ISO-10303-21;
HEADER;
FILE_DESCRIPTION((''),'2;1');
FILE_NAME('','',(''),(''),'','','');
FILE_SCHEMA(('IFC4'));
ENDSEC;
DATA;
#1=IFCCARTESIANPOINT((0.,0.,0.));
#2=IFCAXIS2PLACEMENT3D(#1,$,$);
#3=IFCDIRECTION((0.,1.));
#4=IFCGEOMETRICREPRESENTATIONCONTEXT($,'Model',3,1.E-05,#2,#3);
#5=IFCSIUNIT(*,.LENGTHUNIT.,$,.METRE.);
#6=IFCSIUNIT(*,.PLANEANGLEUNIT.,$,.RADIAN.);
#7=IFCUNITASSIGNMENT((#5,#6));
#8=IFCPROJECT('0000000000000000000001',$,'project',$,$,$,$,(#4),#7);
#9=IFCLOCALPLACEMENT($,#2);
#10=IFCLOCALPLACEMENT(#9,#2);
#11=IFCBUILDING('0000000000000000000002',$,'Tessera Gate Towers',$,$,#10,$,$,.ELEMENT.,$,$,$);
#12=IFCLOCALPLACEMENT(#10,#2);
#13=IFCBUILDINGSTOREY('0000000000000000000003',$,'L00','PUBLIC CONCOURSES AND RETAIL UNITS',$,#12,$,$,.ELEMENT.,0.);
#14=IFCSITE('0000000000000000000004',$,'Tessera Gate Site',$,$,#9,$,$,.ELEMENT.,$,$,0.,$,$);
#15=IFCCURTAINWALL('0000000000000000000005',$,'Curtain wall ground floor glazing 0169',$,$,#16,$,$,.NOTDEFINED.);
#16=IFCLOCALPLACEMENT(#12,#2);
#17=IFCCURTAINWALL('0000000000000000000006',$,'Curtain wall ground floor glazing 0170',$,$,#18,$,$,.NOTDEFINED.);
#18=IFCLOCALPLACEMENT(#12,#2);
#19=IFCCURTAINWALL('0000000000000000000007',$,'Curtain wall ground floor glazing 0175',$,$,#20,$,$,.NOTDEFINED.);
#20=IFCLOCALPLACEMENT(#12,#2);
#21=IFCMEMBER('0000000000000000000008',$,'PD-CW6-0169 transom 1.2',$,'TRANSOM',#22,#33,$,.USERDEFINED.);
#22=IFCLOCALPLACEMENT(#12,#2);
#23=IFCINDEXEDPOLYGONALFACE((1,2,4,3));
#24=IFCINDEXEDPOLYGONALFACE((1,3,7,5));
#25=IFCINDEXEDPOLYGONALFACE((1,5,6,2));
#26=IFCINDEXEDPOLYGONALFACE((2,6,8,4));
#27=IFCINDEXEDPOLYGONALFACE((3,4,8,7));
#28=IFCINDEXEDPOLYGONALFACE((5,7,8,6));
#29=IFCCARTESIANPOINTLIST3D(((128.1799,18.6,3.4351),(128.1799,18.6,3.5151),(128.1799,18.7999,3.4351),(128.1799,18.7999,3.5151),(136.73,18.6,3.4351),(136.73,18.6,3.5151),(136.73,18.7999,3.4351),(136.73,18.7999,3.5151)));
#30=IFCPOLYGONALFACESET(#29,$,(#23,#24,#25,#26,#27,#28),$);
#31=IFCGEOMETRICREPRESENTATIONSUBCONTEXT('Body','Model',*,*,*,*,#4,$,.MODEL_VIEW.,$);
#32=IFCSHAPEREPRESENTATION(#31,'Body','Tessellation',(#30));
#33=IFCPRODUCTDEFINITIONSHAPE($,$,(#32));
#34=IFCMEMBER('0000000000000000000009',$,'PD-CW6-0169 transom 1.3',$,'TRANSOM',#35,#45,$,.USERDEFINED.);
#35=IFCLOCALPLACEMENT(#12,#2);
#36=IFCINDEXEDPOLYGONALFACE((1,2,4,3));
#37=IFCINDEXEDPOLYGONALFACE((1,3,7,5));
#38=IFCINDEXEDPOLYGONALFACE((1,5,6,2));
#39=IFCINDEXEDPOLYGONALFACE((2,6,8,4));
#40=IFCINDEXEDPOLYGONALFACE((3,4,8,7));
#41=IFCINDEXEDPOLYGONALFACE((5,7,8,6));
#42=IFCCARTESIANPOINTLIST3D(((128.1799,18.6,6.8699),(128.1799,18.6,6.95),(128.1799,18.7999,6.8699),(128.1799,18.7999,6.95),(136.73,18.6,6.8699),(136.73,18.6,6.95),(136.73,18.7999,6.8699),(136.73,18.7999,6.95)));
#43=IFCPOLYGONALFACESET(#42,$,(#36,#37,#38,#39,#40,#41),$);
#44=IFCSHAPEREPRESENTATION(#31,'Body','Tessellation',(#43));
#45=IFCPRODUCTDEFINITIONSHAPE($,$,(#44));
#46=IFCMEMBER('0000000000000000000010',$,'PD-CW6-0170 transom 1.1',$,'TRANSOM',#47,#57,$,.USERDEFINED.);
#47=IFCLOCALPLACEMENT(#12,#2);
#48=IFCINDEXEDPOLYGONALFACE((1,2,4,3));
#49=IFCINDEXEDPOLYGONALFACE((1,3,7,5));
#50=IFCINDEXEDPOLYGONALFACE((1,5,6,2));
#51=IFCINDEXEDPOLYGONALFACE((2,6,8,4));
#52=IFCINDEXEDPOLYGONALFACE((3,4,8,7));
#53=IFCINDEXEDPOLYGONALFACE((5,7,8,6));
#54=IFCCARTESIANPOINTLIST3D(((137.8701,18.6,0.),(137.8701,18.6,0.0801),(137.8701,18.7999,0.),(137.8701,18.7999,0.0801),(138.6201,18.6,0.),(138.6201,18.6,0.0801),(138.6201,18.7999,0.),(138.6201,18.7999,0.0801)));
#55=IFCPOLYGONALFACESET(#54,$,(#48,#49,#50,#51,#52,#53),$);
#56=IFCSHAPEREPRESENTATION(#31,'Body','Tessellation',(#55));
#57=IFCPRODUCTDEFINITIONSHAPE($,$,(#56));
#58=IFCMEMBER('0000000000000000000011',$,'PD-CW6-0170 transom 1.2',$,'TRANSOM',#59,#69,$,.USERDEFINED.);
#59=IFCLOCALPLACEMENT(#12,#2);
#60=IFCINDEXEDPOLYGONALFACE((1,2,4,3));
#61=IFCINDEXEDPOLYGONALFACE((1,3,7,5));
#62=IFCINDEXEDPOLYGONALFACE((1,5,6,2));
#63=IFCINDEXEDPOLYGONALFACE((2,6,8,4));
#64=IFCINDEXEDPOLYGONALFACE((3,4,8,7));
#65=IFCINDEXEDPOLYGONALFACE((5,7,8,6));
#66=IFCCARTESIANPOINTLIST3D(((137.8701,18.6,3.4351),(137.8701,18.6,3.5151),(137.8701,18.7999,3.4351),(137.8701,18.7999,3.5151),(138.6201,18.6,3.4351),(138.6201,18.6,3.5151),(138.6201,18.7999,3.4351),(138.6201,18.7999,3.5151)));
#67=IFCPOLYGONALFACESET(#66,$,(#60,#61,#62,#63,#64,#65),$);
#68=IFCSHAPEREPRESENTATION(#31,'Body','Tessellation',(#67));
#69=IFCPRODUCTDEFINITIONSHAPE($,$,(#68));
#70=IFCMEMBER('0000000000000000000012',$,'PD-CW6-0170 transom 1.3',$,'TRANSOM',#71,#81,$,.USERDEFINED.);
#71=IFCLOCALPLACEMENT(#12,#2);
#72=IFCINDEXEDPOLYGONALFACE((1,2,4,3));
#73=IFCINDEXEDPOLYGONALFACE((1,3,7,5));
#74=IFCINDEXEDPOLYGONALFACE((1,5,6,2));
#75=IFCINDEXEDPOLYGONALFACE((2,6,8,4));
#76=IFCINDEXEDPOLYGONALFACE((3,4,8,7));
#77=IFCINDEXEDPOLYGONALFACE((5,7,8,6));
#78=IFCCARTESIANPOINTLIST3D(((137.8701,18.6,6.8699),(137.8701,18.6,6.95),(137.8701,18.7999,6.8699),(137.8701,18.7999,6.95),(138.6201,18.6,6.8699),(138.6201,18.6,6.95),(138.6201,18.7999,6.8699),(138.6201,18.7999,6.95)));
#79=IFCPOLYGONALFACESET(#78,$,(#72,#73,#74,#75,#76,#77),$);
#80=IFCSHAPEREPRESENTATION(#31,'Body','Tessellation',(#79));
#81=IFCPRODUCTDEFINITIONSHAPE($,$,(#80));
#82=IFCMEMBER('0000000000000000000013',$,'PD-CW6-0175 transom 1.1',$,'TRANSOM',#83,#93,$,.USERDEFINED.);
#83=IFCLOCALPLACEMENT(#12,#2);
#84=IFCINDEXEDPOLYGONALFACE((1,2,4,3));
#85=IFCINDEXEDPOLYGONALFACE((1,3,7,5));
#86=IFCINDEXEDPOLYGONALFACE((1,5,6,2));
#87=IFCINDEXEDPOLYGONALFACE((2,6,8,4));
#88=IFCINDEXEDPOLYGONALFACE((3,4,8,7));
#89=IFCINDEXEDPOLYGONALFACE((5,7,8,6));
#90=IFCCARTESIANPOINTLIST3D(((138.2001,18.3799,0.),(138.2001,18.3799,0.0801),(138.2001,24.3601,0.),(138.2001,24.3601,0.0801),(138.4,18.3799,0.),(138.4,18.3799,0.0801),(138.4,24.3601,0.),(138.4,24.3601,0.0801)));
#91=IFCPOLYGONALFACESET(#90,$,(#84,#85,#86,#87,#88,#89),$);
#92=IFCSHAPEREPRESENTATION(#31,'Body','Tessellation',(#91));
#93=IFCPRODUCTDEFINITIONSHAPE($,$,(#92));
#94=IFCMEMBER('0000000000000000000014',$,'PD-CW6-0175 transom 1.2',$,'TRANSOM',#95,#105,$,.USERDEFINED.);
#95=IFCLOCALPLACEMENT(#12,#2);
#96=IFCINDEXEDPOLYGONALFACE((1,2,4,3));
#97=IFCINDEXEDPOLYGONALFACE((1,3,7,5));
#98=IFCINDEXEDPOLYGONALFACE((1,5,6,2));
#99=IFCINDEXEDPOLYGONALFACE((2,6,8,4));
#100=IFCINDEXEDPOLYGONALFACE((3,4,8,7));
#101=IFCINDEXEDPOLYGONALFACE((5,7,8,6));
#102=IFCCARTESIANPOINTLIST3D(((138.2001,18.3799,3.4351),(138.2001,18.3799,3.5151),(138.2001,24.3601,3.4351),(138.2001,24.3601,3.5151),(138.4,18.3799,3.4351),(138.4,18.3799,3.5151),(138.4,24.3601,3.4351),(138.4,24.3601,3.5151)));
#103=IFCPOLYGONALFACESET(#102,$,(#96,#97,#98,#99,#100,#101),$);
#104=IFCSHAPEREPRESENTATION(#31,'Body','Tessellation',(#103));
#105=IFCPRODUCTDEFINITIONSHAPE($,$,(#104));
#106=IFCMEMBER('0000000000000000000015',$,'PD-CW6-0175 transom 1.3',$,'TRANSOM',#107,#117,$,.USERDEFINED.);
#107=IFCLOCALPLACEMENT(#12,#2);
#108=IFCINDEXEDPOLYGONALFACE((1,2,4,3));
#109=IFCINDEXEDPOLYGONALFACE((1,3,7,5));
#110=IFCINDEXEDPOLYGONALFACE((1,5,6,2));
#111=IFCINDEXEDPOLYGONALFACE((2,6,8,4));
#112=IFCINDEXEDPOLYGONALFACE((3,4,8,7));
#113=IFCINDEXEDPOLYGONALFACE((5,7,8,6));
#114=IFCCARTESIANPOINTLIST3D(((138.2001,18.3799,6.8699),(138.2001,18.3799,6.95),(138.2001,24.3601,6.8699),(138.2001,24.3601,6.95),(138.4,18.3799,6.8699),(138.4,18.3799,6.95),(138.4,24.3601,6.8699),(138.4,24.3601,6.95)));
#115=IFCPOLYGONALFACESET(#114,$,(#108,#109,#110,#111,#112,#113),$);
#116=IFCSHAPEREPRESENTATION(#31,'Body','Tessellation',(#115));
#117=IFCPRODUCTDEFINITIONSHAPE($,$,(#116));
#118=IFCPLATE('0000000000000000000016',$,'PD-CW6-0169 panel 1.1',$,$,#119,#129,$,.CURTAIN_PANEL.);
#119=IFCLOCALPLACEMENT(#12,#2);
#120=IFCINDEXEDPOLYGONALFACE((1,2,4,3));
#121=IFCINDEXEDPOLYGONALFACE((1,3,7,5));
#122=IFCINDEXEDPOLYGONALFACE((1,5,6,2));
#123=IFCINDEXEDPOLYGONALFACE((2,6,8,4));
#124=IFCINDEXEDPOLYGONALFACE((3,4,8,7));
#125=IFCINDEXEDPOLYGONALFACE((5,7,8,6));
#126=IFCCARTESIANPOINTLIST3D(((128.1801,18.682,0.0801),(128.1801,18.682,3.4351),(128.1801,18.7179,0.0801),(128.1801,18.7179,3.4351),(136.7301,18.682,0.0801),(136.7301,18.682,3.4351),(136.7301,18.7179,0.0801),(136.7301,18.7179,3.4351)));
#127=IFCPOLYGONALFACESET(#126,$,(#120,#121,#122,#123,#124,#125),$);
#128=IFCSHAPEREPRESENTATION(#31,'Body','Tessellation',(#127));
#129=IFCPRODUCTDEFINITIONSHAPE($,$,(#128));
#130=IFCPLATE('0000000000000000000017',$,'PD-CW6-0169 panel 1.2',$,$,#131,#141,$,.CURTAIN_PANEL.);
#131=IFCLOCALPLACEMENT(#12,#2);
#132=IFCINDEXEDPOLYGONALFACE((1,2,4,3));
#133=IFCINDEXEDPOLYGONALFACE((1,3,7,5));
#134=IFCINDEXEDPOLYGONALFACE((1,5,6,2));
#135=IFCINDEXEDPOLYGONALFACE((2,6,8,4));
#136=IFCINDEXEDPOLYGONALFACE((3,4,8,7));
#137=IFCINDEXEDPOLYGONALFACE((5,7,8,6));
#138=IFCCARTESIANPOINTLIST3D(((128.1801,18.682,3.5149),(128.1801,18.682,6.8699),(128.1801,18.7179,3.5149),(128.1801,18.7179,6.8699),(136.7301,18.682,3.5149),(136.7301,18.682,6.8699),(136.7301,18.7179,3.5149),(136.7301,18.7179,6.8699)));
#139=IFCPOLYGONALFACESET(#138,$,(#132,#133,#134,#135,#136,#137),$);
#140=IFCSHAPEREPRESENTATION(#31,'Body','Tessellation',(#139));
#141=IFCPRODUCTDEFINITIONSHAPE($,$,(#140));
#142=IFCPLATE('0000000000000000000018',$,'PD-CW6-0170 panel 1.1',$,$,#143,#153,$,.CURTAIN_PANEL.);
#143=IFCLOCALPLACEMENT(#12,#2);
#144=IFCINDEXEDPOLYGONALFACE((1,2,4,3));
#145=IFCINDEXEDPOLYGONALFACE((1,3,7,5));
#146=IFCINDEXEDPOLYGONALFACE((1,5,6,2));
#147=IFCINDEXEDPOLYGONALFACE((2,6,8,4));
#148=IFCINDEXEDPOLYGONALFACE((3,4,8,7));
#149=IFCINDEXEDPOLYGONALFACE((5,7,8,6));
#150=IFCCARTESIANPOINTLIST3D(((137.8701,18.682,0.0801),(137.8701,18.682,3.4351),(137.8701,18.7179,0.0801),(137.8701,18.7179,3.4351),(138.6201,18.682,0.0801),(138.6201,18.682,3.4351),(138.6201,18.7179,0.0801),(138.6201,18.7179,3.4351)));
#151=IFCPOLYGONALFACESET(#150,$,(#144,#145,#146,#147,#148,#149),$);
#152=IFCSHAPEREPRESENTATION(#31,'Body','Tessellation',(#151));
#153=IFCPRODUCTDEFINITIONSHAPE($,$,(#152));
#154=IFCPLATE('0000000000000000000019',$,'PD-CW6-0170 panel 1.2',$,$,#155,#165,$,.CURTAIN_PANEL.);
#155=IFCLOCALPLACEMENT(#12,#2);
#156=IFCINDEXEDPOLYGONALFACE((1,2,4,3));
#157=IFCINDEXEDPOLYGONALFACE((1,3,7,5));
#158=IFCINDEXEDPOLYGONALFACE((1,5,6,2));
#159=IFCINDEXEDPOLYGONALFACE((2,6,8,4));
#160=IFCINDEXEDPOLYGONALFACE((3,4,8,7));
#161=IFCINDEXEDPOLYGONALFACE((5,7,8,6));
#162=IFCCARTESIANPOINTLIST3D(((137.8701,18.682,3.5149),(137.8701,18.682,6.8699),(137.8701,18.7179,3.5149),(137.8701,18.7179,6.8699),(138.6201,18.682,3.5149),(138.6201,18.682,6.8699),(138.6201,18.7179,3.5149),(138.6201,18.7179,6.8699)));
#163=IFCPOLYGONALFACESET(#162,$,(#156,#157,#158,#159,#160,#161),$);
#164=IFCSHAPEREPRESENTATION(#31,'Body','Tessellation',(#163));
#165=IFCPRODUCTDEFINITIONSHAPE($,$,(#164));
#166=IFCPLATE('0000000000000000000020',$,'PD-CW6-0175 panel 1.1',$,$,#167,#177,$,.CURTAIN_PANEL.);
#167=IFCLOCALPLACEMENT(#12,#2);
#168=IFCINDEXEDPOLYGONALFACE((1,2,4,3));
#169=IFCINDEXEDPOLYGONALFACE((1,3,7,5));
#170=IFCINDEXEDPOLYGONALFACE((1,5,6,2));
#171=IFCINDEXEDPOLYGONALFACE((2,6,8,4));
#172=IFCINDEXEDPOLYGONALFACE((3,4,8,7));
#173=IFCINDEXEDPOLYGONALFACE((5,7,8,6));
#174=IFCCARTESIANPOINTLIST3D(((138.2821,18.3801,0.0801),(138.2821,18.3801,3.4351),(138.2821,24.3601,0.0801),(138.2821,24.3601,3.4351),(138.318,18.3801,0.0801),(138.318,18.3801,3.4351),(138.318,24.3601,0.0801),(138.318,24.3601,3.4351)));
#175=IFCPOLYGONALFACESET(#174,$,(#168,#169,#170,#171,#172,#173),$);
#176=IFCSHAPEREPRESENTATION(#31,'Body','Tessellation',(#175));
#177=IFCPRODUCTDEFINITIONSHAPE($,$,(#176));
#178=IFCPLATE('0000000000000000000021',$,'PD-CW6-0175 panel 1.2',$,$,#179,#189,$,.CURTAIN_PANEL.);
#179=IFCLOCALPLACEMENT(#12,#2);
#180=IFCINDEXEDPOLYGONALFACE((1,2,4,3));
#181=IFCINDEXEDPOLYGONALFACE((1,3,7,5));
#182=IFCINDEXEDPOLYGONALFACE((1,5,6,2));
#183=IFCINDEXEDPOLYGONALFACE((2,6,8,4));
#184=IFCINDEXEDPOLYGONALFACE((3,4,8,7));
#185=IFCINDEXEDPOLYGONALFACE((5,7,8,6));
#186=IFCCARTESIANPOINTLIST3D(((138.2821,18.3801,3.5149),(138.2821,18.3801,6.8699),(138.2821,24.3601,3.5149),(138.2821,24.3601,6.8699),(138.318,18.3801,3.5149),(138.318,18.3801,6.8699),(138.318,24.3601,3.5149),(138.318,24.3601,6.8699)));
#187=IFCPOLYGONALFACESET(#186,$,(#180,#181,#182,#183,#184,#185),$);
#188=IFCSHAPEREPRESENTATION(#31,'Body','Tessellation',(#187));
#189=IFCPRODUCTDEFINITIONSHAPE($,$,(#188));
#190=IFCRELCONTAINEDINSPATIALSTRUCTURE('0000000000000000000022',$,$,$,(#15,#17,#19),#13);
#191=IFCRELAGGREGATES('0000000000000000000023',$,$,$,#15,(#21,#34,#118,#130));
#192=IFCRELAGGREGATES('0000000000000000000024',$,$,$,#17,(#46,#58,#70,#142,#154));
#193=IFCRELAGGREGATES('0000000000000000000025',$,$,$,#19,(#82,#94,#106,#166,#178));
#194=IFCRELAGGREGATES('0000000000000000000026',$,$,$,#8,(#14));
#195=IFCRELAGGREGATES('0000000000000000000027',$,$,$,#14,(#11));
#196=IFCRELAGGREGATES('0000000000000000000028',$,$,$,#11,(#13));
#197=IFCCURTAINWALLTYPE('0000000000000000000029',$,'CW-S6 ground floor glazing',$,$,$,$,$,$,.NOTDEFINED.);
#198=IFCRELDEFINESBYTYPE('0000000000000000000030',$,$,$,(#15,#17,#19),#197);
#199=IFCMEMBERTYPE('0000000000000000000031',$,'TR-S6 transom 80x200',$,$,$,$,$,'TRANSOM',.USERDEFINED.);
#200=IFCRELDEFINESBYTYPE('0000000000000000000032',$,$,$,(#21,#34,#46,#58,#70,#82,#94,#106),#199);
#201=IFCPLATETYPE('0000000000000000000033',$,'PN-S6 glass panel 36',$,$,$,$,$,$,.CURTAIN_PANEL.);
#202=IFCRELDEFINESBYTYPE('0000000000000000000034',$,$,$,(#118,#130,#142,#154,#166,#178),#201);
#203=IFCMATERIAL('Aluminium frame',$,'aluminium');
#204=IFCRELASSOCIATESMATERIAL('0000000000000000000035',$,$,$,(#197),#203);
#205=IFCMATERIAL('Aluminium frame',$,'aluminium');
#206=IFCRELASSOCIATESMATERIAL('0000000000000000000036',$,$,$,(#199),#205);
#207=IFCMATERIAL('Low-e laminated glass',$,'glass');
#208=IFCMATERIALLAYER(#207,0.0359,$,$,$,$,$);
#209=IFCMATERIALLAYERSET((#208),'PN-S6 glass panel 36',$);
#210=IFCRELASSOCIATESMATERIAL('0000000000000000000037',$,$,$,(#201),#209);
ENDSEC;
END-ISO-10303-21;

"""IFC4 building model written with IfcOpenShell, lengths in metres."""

from ifc_helpers import new_model, si_unit, direction, frame, origin, origin_2d, place, context, subcontext, project, spatial, rectangle, extrude, material, layer, layer_set, material_profile, profile_set, type_object, element, aggregate, save


model = new_model("IFC4")

# Units and contexts
model_context = context("Model", 3, precision=1e-05, world=origin(), true_north=direction((0.0, 1.0)))
body_context = subcontext(model_context, "Body", "Model", "MODEL_VIEW")
ifc_project = project(units=[si_unit("LENGTHUNIT", "METRE"), si_unit("PLANEANGLEUNIT", "RADIAN")], contexts=[model_context])

# Site, building, storey
site_placement = place(None, origin())
site = spatial("IfcSite", under=ifc_project, at=site_placement, Name="Tessera Gate Site", CompositionType="ELEMENT", RefElevation=0.0)
building_placement = place(site_placement, origin())
building = spatial("IfcBuilding", under=site, at=building_placement, Name="Tessera Gate Towers", CompositionType="ELEMENT")
storey_placement = place(building_placement, origin())
storey = spatial("IfcBuildingStorey", under=building, at=storey_placement, Name="L00", Description="PUBLIC CONCOURSES AND RETAIL UNITS", CompositionType="ELEMENT", Elevation=0.0)

# Shared definitions
ifc_material_1 = material(Name="Aluminium frame", Category="aluminium")
curtain_wall_type = type_object("IfcCurtainWallType", Name="CW-S6 ground floor glazing", PredefinedType="NOTDEFINED", material=ifc_material_1)

# Curtain walls
curtain_wall_1_placement = place(storey_placement, origin())
curtain_wall_1 = element("IfcCurtainWall", 1, at=curtain_wall_1_placement, inside=storey, type_object=curtain_wall_type, Name="Curtain wall ground floor glazing 0169", PredefinedType="NOTDEFINED")
curtain_wall_2_placement = place(storey_placement, origin())
curtain_wall_2 = element("IfcCurtainWall", 2, at=curtain_wall_2_placement, inside=storey, type_object=curtain_wall_type, Name="Curtain wall ground floor glazing 0170", PredefinedType="NOTDEFINED")

# Curtain wall
curtain_wall_3_placement = place(storey_placement, origin())
curtain_wall_3 = element("IfcCurtainWall", 3, at=curtain_wall_3_placement, inside=storey, type_object=curtain_wall_type, Name="Curtain wall ground floor glazing 0175", PredefinedType="NOTDEFINED")

# Members
ifc_material_2 = material(Name="Aluminium frame", Category="aluminium")
ifc_material_profile_1 = material_profile(ifc_material_2, rectangle(XDim=0.2, YDim=0.0801, at=origin_2d()), Name="AL 80x200")
ifc_profile_set_1 = profile_set([ifc_material_profile_1], Name="Aluminium frame")
member_type_1 = type_object("IfcMemberType", Name="TR-S6 transom 80x200", ElementType="TRANSOM", PredefinedType="USERDEFINED", material=ifc_profile_set_1)
member_1_placement = place(storey_placement, frame((128.1799, 18.7, 3.4751), z_axis=(1.0, 0.0, 0.0), x_axis=(0.0, 1.0, 0.0)))
member_1 = element("IfcMember", 4, at=member_1_placement, type_object=member_type_1, Name="PD-CW6-0169 transom 1.2", ObjectType="TRANSOM", PredefinedType="USERDEFINED", context=body_context, shape_type="SweptSolid", body=[
    extrude(rectangle(XDim=0.2, YDim=0.0801, at=origin_2d()), origin(), (0.0, 0.0, 1.0), 8.55),
])
member_2_placement = place(storey_placement, frame((128.1799, 18.7, 6.9099), z_axis=(1.0, 0.0, 0.0), x_axis=(0.0, 1.0, 0.0)))
member_2 = element("IfcMember", 5, at=member_2_placement, type_object=member_type_1, Name="PD-CW6-0169 transom 1.3", ObjectType="TRANSOM", PredefinedType="USERDEFINED", context=body_context, shape_type="SweptSolid", body=[
    extrude(rectangle(XDim=0.2, YDim=0.0801, at=origin_2d()), origin(), (0.0, 0.0, 1.0), 8.55),
])
member_3_placement = place(storey_placement, frame((137.8701, 18.7, 0.04), z_axis=(1.0, 0.0, 0.0), x_axis=(0.0, 1.0, 0.0)))
member_3 = element("IfcMember", 6, at=member_3_placement, type_object=member_type_1, Name="PD-CW6-0170 transom 1.1", ObjectType="TRANSOM", PredefinedType="USERDEFINED", context=body_context, shape_type="SweptSolid", body=[
    extrude(rectangle(XDim=0.2, YDim=0.0801, at=origin_2d()), origin(), (0.0, 0.0, 1.0), 0.75),
])
member_4_placement = place(storey_placement, frame((137.8701, 18.7, 3.4751), z_axis=(1.0, 0.0, 0.0), x_axis=(0.0, 1.0, 0.0)))
member_4 = element("IfcMember", 7, at=member_4_placement, type_object=member_type_1, Name="PD-CW6-0170 transom 1.2", ObjectType="TRANSOM", PredefinedType="USERDEFINED", context=body_context, shape_type="SweptSolid", body=[
    extrude(rectangle(XDim=0.2, YDim=0.0801, at=origin_2d()), origin(), (0.0, 0.0, 1.0), 0.75),
])
member_5_placement = place(storey_placement, frame((137.8701, 18.7, 6.9099), z_axis=(1.0, 0.0, 0.0), x_axis=(0.0, 1.0, 0.0)))
member_5 = element("IfcMember", 8, at=member_5_placement, type_object=member_type_1, Name="PD-CW6-0170 transom 1.3", ObjectType="TRANSOM", PredefinedType="USERDEFINED", context=body_context, shape_type="SweptSolid", body=[
    extrude(rectangle(XDim=0.2, YDim=0.0801, at=origin_2d()), origin(), (0.0, 0.0, 1.0), 0.75),
])
member_6_placement = place(storey_placement, frame((138.3, 18.3799, 0.04), z_axis=(0.0, 1.0, 0.0), x_axis=(-1.0, 0.0, 0.0)))
member_6 = element("IfcMember", 9, at=member_6_placement, type_object=member_type_1, Name="PD-CW6-0175 transom 1.1", ObjectType="TRANSOM", PredefinedType="USERDEFINED", context=body_context, shape_type="SweptSolid", body=[
    extrude(rectangle(XDim=0.2, YDim=0.0801, at=origin_2d()), origin(), (0.0, 0.0, 1.0), 5.9802),
])
member_7_placement = place(storey_placement, frame((138.3, 18.3799, 3.4751), z_axis=(0.0, 1.0, 0.0), x_axis=(-1.0, 0.0, 0.0)))
member_7 = element("IfcMember", 10, at=member_7_placement, type_object=member_type_1, Name="PD-CW6-0175 transom 1.2", ObjectType="TRANSOM", PredefinedType="USERDEFINED", context=body_context, shape_type="SweptSolid", body=[
    extrude(rectangle(XDim=0.2, YDim=0.0801, at=origin_2d()), origin(), (0.0, 0.0, 1.0), 5.9802),
])
member_8_placement = place(storey_placement, frame((138.3, 18.3799, 6.9099), z_axis=(0.0, 1.0, 0.0), x_axis=(-1.0, 0.0, 0.0)))
member_8 = element("IfcMember", 11, at=member_8_placement, type_object=member_type_1, Name="PD-CW6-0175 transom 1.3", ObjectType="TRANSOM", PredefinedType="USERDEFINED", context=body_context, shape_type="SweptSolid", body=[
    extrude(rectangle(XDim=0.2, YDim=0.0801, at=origin_2d()), origin(), (0.0, 0.0, 1.0), 5.9802),
])

# Plates
ifc_material_3 = material(Name="Low-e laminated glass", Category="glass")
ifc_layer = layer(ifc_material_3, 0.0359)
ifc_layer_set = layer_set([ifc_layer], Name="PN-S6 glass panel 36")
plate_type = type_object("IfcPlateType", Name="PN-S6 glass panel 36", PredefinedType="CURTAIN_PANEL", material=ifc_layer_set)
plate_1_placement = place(storey_placement, frame((132.4551, 18.7, 0.0801), z_axis=(0.0, 0.0, 1.0), x_axis=(1.0, 0.0, 0.0)))
plate_1 = element("IfcPlate", 12, at=plate_1_placement, type_object=plate_type, Name="PD-CW6-0169 panel 1.1", PredefinedType="CURTAIN_PANEL", context=body_context, shape_type="SweptSolid", body=[
    extrude(rectangle(XDim=8.55, YDim=0.0359, at=origin_2d()), origin(), (0.0, 0.0, 1.0), 3.355),
])
plate_2_placement = place(storey_placement, frame((132.4551, 18.7, 3.5149), z_axis=(0.0, 0.0, 1.0), x_axis=(1.0, 0.0, 0.0)))
plate_2 = element("IfcPlate", 13, at=plate_2_placement, type_object=plate_type, Name="PD-CW6-0169 panel 1.2", PredefinedType="CURTAIN_PANEL", context=body_context, shape_type="SweptSolid", body=[
    extrude(rectangle(XDim=8.55, YDim=0.0359, at=origin_2d()), origin(), (0.0, 0.0, 1.0), 3.355),
])
aggregate(curtain_wall_1, [member_1, member_2, plate_1, plate_2])
plate_3_placement = place(storey_placement, frame((138.2451, 18.7, 0.0801), z_axis=(0.0, 0.0, 1.0), x_axis=(1.0, 0.0, 0.0)))
plate_3 = element("IfcPlate", 14, at=plate_3_placement, type_object=plate_type, Name="PD-CW6-0170 panel 1.1", PredefinedType="CURTAIN_PANEL", context=body_context, shape_type="SweptSolid", body=[
    extrude(rectangle(XDim=0.75, YDim=0.0359, at=origin_2d()), origin(), (0.0, 0.0, 1.0), 3.355),
])
plate_4_placement = place(storey_placement, frame((138.2451, 18.7, 3.5149), z_axis=(0.0, 0.0, 1.0), x_axis=(1.0, 0.0, 0.0)))
plate_4 = element("IfcPlate", 15, at=plate_4_placement, type_object=plate_type, Name="PD-CW6-0170 panel 1.2", PredefinedType="CURTAIN_PANEL", context=body_context, shape_type="SweptSolid", body=[
    extrude(rectangle(XDim=0.75, YDim=0.0359, at=origin_2d()), origin(), (0.0, 0.0, 1.0), 3.355),
])
aggregate(curtain_wall_2, [member_3, member_4, member_5, plate_3, plate_4])
plate_5_placement = place(storey_placement, frame((138.3, 21.3701, 0.0801), z_axis=(0.0, 0.0, 1.0), x_axis=(0.0, 1.0, 0.0)))
plate_5 = element("IfcPlate", 16, at=plate_5_placement, type_object=plate_type, Name="PD-CW6-0175 panel 1.1", PredefinedType="CURTAIN_PANEL", context=body_context, shape_type="SweptSolid", body=[
    extrude(rectangle(XDim=5.98, YDim=0.0359, at=origin_2d()), origin(), (0.0, 0.0, 1.0), 3.355),
])
plate_6_placement = place(storey_placement, frame((138.3, 21.3701, 3.5149), z_axis=(0.0, 0.0, 1.0), x_axis=(0.0, 1.0, 0.0)))
plate_6 = element("IfcPlate", 17, at=plate_6_placement, type_object=plate_type, Name="PD-CW6-0175 panel 1.2", PredefinedType="CURTAIN_PANEL", context=body_context, shape_type="SweptSolid", body=[
    extrude(rectangle(XDim=5.98, YDim=0.0359, at=origin_2d()), origin(), (0.0, 0.0, 1.0), 3.355),
])
aggregate(curtain_wall_3, [member_6, member_7, member_8, plate_5, plate_6])

save(model, "model.ifc")
